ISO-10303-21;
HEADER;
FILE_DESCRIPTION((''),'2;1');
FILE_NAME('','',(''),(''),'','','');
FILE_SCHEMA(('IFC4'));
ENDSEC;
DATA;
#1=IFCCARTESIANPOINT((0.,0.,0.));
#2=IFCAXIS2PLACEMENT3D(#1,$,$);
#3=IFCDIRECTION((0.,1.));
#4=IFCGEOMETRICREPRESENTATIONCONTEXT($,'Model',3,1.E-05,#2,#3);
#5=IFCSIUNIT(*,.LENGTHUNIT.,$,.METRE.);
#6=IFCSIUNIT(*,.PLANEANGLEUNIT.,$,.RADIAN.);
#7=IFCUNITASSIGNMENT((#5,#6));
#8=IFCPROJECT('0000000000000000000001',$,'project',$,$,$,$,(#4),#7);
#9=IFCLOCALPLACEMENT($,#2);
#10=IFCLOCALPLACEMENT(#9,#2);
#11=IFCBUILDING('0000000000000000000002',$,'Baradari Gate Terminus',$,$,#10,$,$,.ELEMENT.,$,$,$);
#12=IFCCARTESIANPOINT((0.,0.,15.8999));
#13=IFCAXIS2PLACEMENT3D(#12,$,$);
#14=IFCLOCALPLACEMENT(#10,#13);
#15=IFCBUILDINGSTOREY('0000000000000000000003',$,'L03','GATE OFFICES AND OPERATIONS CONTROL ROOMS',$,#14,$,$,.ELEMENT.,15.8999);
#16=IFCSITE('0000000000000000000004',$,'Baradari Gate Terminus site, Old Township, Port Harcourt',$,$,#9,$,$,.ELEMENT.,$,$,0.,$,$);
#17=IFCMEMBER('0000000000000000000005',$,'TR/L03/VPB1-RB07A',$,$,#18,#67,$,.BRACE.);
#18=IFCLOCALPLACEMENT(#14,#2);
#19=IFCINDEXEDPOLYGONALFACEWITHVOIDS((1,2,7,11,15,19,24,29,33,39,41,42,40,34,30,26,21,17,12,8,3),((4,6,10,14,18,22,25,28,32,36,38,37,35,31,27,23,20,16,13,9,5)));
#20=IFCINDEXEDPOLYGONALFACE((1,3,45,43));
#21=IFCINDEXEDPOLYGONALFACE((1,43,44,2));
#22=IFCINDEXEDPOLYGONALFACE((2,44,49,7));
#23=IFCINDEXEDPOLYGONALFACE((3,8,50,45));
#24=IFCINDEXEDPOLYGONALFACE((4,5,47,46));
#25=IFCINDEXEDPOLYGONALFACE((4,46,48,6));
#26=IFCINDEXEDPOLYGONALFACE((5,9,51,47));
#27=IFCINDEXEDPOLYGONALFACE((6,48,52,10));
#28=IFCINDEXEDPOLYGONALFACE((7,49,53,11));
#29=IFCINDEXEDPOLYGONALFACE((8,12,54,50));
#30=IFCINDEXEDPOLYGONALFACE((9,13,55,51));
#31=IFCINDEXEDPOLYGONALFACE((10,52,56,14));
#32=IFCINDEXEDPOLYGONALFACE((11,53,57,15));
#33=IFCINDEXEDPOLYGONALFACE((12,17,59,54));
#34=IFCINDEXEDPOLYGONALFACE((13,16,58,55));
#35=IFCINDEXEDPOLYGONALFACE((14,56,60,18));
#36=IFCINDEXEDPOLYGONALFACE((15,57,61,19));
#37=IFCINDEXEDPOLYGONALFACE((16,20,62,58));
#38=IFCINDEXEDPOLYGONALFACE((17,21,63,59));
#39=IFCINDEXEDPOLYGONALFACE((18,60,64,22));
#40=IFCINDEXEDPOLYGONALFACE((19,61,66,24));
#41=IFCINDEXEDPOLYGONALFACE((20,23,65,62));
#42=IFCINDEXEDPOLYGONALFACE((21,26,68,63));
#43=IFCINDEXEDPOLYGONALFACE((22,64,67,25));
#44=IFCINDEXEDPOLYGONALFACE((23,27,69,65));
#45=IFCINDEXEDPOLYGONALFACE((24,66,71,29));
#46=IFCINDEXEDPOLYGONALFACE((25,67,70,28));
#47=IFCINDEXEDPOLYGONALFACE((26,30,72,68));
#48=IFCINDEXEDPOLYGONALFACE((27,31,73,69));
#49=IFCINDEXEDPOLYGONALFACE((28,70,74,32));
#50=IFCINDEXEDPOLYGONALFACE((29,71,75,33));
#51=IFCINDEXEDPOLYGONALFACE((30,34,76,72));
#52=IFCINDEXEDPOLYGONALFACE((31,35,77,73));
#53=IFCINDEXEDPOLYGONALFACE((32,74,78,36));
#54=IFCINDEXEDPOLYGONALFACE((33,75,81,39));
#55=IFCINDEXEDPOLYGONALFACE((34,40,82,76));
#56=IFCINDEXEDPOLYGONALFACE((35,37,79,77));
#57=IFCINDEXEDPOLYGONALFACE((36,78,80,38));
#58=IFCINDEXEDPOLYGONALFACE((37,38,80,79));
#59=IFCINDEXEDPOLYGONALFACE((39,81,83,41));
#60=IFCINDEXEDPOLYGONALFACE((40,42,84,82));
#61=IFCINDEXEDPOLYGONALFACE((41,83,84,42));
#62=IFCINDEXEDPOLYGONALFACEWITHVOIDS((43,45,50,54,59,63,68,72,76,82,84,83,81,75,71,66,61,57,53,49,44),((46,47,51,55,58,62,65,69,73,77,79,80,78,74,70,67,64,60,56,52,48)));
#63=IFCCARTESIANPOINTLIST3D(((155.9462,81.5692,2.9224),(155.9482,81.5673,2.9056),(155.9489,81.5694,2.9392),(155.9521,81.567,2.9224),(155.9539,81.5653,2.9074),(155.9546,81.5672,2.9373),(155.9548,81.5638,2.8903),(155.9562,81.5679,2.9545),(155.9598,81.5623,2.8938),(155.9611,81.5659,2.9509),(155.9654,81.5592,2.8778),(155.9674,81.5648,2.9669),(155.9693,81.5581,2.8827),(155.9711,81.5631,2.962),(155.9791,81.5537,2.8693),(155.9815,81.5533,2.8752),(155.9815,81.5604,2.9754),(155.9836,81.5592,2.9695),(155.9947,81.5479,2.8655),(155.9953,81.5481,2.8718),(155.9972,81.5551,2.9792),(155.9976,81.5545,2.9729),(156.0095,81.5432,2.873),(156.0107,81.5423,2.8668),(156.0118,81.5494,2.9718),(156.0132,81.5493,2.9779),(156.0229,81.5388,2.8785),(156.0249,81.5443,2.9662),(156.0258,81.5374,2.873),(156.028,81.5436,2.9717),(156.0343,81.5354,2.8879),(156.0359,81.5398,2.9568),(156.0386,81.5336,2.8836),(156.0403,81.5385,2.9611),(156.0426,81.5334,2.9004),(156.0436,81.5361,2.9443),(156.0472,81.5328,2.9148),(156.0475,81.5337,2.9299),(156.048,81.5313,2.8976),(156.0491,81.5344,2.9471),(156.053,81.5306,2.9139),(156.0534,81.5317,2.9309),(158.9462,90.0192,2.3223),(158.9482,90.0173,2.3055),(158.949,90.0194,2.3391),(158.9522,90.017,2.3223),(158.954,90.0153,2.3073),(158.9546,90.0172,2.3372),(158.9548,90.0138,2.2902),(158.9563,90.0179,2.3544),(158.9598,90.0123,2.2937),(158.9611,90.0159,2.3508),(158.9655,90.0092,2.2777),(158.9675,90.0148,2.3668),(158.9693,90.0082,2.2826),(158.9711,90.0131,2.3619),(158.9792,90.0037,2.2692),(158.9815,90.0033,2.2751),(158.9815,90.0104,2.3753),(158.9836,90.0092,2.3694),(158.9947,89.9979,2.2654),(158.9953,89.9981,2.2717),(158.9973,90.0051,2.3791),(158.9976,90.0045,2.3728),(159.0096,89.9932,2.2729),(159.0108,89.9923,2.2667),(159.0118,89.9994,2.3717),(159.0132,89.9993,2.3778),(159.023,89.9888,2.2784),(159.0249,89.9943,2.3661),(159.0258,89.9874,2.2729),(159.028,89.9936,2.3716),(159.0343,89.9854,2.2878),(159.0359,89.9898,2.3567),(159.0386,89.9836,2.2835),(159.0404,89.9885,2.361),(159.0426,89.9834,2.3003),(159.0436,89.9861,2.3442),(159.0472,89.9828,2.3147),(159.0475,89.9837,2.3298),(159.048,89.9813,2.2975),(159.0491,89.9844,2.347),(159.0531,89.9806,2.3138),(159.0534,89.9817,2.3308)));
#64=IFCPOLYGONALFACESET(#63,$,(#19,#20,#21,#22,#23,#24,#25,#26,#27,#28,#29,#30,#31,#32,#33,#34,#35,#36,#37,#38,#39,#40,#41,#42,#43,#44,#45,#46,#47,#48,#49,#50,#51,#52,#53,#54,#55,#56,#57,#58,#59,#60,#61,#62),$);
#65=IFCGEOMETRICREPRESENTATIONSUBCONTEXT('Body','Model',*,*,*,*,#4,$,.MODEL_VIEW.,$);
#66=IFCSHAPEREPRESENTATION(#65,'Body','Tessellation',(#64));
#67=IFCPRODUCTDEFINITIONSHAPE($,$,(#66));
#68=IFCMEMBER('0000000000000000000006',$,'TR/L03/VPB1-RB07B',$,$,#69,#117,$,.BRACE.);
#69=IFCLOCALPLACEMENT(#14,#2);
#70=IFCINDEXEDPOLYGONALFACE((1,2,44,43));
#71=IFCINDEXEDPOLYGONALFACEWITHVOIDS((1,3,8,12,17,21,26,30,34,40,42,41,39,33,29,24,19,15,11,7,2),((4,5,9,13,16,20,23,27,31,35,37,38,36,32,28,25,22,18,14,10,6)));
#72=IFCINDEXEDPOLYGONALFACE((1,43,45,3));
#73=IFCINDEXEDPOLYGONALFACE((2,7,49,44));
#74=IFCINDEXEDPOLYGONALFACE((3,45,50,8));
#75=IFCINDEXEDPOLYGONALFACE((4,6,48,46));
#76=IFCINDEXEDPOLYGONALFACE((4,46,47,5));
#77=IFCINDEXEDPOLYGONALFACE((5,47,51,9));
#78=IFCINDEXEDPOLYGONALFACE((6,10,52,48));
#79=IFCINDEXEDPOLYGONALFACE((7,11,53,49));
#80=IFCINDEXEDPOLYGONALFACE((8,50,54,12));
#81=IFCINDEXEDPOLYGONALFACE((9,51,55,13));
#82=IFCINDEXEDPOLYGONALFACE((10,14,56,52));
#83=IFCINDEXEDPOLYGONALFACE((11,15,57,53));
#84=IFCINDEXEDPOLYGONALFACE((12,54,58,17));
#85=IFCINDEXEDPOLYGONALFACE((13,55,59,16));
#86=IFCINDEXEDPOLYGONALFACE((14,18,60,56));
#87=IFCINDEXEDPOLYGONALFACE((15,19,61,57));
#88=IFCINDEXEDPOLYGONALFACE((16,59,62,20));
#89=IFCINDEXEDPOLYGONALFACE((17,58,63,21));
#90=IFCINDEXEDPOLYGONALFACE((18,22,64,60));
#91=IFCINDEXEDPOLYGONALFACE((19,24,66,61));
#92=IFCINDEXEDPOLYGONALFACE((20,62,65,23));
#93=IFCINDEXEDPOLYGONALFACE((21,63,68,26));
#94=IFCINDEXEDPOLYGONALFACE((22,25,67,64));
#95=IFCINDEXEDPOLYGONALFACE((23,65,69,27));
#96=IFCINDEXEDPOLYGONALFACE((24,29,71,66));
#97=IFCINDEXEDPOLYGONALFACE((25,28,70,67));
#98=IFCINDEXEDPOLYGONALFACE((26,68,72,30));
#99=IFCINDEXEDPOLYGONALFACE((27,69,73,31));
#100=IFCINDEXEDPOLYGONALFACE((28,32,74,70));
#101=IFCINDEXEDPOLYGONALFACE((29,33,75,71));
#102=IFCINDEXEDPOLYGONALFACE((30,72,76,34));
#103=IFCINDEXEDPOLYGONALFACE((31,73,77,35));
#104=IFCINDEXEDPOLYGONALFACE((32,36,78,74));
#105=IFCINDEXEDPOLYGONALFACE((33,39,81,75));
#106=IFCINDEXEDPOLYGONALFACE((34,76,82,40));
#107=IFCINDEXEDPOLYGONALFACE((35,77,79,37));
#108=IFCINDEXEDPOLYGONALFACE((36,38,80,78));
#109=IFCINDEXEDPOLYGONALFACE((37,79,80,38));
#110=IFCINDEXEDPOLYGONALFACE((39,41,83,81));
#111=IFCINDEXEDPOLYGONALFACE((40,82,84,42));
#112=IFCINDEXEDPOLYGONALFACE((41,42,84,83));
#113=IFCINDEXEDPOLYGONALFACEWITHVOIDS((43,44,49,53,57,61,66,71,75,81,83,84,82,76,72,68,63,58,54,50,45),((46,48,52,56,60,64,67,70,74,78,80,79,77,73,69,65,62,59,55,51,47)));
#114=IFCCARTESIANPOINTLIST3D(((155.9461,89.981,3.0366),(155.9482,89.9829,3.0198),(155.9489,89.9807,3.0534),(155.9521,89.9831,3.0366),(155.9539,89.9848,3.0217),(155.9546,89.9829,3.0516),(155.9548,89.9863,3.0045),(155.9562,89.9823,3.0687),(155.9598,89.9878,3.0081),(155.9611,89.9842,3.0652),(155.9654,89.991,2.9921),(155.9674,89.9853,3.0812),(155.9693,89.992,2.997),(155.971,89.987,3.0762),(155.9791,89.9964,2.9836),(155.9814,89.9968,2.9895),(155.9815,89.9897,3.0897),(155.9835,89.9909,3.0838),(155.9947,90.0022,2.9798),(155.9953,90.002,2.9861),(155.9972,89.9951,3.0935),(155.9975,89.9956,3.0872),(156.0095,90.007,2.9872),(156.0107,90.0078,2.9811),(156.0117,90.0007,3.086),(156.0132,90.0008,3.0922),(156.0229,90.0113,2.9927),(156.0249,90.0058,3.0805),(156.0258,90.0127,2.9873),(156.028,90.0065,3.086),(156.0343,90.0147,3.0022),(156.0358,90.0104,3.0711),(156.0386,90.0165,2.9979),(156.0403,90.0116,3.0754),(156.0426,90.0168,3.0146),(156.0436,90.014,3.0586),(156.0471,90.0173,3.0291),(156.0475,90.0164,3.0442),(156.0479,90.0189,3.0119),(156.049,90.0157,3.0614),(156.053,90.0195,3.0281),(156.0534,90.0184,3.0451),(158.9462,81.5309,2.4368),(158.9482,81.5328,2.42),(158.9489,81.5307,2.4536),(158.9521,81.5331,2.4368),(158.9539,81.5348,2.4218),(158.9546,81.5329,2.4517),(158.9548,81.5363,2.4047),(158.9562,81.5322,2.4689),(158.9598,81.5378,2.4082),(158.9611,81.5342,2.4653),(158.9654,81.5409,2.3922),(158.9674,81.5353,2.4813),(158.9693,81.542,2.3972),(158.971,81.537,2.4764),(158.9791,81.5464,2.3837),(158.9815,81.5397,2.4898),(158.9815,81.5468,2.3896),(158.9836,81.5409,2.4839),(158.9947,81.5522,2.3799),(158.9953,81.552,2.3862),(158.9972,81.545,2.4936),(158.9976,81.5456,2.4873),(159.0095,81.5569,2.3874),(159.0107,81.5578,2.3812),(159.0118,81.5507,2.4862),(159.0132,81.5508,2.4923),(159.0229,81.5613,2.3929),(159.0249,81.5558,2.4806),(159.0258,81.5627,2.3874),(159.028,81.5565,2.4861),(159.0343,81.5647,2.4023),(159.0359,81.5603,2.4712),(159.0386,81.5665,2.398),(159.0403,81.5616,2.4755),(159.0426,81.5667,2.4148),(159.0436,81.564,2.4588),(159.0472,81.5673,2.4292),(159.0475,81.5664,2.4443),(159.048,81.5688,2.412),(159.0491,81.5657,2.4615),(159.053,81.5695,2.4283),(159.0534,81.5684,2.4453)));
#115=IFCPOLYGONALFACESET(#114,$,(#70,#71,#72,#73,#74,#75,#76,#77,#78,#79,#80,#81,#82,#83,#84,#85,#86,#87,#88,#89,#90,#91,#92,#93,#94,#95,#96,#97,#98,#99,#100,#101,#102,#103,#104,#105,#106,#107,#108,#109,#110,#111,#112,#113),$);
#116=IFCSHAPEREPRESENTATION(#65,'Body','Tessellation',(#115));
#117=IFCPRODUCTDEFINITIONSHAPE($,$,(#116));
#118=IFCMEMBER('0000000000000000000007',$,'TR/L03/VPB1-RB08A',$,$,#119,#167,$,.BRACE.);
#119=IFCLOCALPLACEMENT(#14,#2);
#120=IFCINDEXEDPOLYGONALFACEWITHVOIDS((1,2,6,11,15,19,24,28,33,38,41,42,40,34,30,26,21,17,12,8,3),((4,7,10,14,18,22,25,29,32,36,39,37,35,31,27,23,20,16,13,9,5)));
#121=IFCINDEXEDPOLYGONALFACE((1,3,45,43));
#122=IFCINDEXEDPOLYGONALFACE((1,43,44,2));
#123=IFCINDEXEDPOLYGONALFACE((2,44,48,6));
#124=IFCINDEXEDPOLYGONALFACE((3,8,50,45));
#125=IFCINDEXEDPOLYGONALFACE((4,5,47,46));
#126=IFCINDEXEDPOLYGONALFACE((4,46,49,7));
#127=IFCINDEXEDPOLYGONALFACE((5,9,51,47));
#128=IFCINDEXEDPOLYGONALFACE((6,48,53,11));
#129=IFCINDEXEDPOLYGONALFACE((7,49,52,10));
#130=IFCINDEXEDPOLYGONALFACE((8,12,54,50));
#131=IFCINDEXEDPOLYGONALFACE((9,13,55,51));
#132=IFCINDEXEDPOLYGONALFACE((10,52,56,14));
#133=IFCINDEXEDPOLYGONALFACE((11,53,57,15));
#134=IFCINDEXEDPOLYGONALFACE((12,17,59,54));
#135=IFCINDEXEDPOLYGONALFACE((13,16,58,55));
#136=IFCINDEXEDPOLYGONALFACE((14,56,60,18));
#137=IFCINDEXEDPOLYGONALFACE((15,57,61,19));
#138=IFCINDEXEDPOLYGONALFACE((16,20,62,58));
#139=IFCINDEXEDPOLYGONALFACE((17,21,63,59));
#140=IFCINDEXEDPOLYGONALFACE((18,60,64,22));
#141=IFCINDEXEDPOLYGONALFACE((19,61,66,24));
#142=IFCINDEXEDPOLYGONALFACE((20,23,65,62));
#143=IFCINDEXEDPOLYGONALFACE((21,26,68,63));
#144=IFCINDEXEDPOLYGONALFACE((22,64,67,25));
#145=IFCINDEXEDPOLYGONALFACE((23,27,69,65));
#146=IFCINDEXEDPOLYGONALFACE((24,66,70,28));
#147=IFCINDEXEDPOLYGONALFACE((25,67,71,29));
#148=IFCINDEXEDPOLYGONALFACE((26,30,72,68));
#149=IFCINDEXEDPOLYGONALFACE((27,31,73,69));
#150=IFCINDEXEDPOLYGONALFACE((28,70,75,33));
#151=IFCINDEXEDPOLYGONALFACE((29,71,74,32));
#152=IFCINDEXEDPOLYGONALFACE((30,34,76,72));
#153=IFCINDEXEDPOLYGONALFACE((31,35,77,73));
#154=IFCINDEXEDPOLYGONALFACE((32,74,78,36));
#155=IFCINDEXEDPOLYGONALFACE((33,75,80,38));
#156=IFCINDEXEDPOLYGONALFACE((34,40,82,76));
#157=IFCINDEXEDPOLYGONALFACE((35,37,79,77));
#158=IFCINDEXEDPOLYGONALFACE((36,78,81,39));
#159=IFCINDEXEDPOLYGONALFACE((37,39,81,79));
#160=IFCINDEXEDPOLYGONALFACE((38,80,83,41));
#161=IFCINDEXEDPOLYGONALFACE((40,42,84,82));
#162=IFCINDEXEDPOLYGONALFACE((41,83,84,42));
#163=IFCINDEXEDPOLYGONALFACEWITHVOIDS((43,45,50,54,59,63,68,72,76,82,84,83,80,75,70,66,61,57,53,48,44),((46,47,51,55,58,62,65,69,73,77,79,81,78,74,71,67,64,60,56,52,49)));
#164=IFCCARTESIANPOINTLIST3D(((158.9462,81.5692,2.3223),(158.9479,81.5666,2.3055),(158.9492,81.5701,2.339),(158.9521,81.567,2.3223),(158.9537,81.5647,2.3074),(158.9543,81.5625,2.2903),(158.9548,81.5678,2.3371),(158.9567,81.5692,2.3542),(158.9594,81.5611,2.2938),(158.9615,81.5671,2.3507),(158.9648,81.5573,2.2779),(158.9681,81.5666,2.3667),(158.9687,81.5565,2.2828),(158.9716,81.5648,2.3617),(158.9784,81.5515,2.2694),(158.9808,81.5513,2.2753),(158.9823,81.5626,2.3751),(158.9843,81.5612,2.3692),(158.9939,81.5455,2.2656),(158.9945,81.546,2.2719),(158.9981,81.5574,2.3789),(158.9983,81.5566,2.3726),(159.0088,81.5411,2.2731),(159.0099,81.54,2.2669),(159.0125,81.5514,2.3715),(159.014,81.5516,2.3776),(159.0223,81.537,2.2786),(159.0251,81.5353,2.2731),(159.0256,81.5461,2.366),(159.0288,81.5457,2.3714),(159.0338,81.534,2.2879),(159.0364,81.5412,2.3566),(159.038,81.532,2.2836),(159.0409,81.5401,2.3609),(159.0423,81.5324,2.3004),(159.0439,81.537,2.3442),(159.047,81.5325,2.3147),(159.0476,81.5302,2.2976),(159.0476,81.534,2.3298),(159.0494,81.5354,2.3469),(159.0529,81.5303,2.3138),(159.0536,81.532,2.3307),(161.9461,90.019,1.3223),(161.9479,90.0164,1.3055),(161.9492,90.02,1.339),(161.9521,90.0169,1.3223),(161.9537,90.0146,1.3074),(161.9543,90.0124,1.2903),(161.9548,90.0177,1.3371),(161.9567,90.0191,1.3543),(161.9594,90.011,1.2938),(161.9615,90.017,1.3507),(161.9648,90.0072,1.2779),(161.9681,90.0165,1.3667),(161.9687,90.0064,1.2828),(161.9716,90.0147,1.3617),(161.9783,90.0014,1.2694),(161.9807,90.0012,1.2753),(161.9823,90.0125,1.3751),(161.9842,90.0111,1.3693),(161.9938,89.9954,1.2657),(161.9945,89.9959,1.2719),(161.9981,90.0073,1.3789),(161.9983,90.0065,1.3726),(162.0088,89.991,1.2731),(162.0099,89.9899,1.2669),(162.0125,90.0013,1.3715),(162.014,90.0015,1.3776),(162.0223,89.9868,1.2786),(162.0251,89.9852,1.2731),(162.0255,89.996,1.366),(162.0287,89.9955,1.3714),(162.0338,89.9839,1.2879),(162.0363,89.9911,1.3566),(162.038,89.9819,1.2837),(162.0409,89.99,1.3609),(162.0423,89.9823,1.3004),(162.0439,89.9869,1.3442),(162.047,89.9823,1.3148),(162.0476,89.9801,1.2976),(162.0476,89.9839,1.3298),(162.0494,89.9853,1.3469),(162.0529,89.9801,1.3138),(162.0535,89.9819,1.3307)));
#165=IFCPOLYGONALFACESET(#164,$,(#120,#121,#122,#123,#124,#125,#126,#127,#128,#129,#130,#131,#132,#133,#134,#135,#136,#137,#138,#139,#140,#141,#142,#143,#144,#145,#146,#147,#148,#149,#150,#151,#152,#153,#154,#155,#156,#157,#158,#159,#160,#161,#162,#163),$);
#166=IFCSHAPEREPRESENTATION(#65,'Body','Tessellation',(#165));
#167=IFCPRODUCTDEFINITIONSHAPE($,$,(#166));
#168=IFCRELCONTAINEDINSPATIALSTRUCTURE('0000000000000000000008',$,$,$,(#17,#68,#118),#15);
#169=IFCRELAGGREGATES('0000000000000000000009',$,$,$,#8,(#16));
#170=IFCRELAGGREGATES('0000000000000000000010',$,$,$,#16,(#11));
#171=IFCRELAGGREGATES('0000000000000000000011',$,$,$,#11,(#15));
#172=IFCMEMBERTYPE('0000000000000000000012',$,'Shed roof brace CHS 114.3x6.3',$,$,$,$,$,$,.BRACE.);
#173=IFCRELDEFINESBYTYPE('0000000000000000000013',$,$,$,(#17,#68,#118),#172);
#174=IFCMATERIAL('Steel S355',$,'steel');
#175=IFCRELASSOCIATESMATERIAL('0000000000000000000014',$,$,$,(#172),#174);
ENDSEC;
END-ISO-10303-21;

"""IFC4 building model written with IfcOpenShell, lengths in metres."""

from ifc_helpers import new_model, si_unit, direction, frame, origin, origin_2d, place, context, subcontext, project, spatial, hollow_circle, extrude, material, material_profile, profile_set, type_object, element, save


model = new_model("IFC4")

# Units and contexts
model_context = context("Model", 3, precision=1e-05, world=origin(), true_north=direction((0.0, 1.0)))
body_context = subcontext(model_context, "Body", "Model", "MODEL_VIEW")
ifc_project = project(units=[si_unit("LENGTHUNIT", "METRE"), si_unit("PLANEANGLEUNIT", "RADIAN")], contexts=[model_context])

# Site, building, storey
site_placement = place(None, origin())
site = spatial("IfcSite", under=ifc_project, at=site_placement, Name="Baradari Gate Terminus site, Old Township, Port Harcourt", CompositionType="ELEMENT", RefElevation=0.0)
building_placement = place(site_placement, origin())
building = spatial("IfcBuilding", under=site, at=building_placement, Name="Baradari Gate Terminus", CompositionType="ELEMENT")
storey_placement = place(building_placement, frame((0.0, 0.0, 15.8999)))
storey = spatial("IfcBuildingStorey", under=building, at=storey_placement, Name="L03", Description="GATE OFFICES AND OPERATIONS CONTROL ROOMS", CompositionType="ELEMENT", Elevation=15.8999)

# Members
ifc_material_1 = material(Name="Steel S355", Category="steel")
ifc_material_profile_1 = material_profile(ifc_material_1, hollow_circle(Radius=0.0571, WallThickness=0.0063, at=origin_2d()), Name="CHS 114.3x6.3")
ifc_profile_set_1 = profile_set([ifc_material_profile_1], Name="Steel S355")
member_type_1 = type_object("IfcMemberType", Name="Shed roof brace CHS 114.3x6.3", PredefinedType="BRACE", material=ifc_profile_set_1)
for number, where, z_axis, x_axis, name in (
    (1, (156.0, 81.55, 2.9224), (0.333825, 0.940267, -0.066776), (-0.94237, 0.334571, 0.0), "TR/L03/VPB1-RB07A"),
    (2, (159.0, 81.55, 2.4368), (-0.333825, 0.940269, 0.066749), (-0.94237, -0.334571, 0.0), "TR/L03/VPB1-RB07B"),
):
    element("IfcMember", number, at=place(storey_placement, frame(where, z_axis=z_axis, x_axis=x_axis)), inside=storey, type_object=member_type_1, Name=name, PredefinedType="BRACE", context=body_context, shape_type="SweptSolid", body=[
        extrude(hollow_circle(Radius=0.0571, WallThickness=0.0063, at=origin_2d()), origin(), (0.0, 0.0, 1.0), 8.9868),
    ])
for number, where, z_axis, x_axis, name in (
    (3, (159.0, 81.55, 2.3223), (0.33251, 0.936564, -0.110837), (-0.94237, 0.334571, 0.0), "TR/L03/VPB1-RB08A"),
):
    element("IfcMember", number, at=place(storey_placement, frame(where, z_axis=z_axis, x_axis=x_axis)), inside=storey, type_object=member_type_1, Name=name, PredefinedType="BRACE", context=body_context, shape_type="SweptSolid", body=[
        extrude(hollow_circle(Radius=0.0571, WallThickness=0.0063, at=origin_2d()), origin(), (0.0, 0.0, 1.0), 9.0222),
    ])

save(model, "model.ifc")
